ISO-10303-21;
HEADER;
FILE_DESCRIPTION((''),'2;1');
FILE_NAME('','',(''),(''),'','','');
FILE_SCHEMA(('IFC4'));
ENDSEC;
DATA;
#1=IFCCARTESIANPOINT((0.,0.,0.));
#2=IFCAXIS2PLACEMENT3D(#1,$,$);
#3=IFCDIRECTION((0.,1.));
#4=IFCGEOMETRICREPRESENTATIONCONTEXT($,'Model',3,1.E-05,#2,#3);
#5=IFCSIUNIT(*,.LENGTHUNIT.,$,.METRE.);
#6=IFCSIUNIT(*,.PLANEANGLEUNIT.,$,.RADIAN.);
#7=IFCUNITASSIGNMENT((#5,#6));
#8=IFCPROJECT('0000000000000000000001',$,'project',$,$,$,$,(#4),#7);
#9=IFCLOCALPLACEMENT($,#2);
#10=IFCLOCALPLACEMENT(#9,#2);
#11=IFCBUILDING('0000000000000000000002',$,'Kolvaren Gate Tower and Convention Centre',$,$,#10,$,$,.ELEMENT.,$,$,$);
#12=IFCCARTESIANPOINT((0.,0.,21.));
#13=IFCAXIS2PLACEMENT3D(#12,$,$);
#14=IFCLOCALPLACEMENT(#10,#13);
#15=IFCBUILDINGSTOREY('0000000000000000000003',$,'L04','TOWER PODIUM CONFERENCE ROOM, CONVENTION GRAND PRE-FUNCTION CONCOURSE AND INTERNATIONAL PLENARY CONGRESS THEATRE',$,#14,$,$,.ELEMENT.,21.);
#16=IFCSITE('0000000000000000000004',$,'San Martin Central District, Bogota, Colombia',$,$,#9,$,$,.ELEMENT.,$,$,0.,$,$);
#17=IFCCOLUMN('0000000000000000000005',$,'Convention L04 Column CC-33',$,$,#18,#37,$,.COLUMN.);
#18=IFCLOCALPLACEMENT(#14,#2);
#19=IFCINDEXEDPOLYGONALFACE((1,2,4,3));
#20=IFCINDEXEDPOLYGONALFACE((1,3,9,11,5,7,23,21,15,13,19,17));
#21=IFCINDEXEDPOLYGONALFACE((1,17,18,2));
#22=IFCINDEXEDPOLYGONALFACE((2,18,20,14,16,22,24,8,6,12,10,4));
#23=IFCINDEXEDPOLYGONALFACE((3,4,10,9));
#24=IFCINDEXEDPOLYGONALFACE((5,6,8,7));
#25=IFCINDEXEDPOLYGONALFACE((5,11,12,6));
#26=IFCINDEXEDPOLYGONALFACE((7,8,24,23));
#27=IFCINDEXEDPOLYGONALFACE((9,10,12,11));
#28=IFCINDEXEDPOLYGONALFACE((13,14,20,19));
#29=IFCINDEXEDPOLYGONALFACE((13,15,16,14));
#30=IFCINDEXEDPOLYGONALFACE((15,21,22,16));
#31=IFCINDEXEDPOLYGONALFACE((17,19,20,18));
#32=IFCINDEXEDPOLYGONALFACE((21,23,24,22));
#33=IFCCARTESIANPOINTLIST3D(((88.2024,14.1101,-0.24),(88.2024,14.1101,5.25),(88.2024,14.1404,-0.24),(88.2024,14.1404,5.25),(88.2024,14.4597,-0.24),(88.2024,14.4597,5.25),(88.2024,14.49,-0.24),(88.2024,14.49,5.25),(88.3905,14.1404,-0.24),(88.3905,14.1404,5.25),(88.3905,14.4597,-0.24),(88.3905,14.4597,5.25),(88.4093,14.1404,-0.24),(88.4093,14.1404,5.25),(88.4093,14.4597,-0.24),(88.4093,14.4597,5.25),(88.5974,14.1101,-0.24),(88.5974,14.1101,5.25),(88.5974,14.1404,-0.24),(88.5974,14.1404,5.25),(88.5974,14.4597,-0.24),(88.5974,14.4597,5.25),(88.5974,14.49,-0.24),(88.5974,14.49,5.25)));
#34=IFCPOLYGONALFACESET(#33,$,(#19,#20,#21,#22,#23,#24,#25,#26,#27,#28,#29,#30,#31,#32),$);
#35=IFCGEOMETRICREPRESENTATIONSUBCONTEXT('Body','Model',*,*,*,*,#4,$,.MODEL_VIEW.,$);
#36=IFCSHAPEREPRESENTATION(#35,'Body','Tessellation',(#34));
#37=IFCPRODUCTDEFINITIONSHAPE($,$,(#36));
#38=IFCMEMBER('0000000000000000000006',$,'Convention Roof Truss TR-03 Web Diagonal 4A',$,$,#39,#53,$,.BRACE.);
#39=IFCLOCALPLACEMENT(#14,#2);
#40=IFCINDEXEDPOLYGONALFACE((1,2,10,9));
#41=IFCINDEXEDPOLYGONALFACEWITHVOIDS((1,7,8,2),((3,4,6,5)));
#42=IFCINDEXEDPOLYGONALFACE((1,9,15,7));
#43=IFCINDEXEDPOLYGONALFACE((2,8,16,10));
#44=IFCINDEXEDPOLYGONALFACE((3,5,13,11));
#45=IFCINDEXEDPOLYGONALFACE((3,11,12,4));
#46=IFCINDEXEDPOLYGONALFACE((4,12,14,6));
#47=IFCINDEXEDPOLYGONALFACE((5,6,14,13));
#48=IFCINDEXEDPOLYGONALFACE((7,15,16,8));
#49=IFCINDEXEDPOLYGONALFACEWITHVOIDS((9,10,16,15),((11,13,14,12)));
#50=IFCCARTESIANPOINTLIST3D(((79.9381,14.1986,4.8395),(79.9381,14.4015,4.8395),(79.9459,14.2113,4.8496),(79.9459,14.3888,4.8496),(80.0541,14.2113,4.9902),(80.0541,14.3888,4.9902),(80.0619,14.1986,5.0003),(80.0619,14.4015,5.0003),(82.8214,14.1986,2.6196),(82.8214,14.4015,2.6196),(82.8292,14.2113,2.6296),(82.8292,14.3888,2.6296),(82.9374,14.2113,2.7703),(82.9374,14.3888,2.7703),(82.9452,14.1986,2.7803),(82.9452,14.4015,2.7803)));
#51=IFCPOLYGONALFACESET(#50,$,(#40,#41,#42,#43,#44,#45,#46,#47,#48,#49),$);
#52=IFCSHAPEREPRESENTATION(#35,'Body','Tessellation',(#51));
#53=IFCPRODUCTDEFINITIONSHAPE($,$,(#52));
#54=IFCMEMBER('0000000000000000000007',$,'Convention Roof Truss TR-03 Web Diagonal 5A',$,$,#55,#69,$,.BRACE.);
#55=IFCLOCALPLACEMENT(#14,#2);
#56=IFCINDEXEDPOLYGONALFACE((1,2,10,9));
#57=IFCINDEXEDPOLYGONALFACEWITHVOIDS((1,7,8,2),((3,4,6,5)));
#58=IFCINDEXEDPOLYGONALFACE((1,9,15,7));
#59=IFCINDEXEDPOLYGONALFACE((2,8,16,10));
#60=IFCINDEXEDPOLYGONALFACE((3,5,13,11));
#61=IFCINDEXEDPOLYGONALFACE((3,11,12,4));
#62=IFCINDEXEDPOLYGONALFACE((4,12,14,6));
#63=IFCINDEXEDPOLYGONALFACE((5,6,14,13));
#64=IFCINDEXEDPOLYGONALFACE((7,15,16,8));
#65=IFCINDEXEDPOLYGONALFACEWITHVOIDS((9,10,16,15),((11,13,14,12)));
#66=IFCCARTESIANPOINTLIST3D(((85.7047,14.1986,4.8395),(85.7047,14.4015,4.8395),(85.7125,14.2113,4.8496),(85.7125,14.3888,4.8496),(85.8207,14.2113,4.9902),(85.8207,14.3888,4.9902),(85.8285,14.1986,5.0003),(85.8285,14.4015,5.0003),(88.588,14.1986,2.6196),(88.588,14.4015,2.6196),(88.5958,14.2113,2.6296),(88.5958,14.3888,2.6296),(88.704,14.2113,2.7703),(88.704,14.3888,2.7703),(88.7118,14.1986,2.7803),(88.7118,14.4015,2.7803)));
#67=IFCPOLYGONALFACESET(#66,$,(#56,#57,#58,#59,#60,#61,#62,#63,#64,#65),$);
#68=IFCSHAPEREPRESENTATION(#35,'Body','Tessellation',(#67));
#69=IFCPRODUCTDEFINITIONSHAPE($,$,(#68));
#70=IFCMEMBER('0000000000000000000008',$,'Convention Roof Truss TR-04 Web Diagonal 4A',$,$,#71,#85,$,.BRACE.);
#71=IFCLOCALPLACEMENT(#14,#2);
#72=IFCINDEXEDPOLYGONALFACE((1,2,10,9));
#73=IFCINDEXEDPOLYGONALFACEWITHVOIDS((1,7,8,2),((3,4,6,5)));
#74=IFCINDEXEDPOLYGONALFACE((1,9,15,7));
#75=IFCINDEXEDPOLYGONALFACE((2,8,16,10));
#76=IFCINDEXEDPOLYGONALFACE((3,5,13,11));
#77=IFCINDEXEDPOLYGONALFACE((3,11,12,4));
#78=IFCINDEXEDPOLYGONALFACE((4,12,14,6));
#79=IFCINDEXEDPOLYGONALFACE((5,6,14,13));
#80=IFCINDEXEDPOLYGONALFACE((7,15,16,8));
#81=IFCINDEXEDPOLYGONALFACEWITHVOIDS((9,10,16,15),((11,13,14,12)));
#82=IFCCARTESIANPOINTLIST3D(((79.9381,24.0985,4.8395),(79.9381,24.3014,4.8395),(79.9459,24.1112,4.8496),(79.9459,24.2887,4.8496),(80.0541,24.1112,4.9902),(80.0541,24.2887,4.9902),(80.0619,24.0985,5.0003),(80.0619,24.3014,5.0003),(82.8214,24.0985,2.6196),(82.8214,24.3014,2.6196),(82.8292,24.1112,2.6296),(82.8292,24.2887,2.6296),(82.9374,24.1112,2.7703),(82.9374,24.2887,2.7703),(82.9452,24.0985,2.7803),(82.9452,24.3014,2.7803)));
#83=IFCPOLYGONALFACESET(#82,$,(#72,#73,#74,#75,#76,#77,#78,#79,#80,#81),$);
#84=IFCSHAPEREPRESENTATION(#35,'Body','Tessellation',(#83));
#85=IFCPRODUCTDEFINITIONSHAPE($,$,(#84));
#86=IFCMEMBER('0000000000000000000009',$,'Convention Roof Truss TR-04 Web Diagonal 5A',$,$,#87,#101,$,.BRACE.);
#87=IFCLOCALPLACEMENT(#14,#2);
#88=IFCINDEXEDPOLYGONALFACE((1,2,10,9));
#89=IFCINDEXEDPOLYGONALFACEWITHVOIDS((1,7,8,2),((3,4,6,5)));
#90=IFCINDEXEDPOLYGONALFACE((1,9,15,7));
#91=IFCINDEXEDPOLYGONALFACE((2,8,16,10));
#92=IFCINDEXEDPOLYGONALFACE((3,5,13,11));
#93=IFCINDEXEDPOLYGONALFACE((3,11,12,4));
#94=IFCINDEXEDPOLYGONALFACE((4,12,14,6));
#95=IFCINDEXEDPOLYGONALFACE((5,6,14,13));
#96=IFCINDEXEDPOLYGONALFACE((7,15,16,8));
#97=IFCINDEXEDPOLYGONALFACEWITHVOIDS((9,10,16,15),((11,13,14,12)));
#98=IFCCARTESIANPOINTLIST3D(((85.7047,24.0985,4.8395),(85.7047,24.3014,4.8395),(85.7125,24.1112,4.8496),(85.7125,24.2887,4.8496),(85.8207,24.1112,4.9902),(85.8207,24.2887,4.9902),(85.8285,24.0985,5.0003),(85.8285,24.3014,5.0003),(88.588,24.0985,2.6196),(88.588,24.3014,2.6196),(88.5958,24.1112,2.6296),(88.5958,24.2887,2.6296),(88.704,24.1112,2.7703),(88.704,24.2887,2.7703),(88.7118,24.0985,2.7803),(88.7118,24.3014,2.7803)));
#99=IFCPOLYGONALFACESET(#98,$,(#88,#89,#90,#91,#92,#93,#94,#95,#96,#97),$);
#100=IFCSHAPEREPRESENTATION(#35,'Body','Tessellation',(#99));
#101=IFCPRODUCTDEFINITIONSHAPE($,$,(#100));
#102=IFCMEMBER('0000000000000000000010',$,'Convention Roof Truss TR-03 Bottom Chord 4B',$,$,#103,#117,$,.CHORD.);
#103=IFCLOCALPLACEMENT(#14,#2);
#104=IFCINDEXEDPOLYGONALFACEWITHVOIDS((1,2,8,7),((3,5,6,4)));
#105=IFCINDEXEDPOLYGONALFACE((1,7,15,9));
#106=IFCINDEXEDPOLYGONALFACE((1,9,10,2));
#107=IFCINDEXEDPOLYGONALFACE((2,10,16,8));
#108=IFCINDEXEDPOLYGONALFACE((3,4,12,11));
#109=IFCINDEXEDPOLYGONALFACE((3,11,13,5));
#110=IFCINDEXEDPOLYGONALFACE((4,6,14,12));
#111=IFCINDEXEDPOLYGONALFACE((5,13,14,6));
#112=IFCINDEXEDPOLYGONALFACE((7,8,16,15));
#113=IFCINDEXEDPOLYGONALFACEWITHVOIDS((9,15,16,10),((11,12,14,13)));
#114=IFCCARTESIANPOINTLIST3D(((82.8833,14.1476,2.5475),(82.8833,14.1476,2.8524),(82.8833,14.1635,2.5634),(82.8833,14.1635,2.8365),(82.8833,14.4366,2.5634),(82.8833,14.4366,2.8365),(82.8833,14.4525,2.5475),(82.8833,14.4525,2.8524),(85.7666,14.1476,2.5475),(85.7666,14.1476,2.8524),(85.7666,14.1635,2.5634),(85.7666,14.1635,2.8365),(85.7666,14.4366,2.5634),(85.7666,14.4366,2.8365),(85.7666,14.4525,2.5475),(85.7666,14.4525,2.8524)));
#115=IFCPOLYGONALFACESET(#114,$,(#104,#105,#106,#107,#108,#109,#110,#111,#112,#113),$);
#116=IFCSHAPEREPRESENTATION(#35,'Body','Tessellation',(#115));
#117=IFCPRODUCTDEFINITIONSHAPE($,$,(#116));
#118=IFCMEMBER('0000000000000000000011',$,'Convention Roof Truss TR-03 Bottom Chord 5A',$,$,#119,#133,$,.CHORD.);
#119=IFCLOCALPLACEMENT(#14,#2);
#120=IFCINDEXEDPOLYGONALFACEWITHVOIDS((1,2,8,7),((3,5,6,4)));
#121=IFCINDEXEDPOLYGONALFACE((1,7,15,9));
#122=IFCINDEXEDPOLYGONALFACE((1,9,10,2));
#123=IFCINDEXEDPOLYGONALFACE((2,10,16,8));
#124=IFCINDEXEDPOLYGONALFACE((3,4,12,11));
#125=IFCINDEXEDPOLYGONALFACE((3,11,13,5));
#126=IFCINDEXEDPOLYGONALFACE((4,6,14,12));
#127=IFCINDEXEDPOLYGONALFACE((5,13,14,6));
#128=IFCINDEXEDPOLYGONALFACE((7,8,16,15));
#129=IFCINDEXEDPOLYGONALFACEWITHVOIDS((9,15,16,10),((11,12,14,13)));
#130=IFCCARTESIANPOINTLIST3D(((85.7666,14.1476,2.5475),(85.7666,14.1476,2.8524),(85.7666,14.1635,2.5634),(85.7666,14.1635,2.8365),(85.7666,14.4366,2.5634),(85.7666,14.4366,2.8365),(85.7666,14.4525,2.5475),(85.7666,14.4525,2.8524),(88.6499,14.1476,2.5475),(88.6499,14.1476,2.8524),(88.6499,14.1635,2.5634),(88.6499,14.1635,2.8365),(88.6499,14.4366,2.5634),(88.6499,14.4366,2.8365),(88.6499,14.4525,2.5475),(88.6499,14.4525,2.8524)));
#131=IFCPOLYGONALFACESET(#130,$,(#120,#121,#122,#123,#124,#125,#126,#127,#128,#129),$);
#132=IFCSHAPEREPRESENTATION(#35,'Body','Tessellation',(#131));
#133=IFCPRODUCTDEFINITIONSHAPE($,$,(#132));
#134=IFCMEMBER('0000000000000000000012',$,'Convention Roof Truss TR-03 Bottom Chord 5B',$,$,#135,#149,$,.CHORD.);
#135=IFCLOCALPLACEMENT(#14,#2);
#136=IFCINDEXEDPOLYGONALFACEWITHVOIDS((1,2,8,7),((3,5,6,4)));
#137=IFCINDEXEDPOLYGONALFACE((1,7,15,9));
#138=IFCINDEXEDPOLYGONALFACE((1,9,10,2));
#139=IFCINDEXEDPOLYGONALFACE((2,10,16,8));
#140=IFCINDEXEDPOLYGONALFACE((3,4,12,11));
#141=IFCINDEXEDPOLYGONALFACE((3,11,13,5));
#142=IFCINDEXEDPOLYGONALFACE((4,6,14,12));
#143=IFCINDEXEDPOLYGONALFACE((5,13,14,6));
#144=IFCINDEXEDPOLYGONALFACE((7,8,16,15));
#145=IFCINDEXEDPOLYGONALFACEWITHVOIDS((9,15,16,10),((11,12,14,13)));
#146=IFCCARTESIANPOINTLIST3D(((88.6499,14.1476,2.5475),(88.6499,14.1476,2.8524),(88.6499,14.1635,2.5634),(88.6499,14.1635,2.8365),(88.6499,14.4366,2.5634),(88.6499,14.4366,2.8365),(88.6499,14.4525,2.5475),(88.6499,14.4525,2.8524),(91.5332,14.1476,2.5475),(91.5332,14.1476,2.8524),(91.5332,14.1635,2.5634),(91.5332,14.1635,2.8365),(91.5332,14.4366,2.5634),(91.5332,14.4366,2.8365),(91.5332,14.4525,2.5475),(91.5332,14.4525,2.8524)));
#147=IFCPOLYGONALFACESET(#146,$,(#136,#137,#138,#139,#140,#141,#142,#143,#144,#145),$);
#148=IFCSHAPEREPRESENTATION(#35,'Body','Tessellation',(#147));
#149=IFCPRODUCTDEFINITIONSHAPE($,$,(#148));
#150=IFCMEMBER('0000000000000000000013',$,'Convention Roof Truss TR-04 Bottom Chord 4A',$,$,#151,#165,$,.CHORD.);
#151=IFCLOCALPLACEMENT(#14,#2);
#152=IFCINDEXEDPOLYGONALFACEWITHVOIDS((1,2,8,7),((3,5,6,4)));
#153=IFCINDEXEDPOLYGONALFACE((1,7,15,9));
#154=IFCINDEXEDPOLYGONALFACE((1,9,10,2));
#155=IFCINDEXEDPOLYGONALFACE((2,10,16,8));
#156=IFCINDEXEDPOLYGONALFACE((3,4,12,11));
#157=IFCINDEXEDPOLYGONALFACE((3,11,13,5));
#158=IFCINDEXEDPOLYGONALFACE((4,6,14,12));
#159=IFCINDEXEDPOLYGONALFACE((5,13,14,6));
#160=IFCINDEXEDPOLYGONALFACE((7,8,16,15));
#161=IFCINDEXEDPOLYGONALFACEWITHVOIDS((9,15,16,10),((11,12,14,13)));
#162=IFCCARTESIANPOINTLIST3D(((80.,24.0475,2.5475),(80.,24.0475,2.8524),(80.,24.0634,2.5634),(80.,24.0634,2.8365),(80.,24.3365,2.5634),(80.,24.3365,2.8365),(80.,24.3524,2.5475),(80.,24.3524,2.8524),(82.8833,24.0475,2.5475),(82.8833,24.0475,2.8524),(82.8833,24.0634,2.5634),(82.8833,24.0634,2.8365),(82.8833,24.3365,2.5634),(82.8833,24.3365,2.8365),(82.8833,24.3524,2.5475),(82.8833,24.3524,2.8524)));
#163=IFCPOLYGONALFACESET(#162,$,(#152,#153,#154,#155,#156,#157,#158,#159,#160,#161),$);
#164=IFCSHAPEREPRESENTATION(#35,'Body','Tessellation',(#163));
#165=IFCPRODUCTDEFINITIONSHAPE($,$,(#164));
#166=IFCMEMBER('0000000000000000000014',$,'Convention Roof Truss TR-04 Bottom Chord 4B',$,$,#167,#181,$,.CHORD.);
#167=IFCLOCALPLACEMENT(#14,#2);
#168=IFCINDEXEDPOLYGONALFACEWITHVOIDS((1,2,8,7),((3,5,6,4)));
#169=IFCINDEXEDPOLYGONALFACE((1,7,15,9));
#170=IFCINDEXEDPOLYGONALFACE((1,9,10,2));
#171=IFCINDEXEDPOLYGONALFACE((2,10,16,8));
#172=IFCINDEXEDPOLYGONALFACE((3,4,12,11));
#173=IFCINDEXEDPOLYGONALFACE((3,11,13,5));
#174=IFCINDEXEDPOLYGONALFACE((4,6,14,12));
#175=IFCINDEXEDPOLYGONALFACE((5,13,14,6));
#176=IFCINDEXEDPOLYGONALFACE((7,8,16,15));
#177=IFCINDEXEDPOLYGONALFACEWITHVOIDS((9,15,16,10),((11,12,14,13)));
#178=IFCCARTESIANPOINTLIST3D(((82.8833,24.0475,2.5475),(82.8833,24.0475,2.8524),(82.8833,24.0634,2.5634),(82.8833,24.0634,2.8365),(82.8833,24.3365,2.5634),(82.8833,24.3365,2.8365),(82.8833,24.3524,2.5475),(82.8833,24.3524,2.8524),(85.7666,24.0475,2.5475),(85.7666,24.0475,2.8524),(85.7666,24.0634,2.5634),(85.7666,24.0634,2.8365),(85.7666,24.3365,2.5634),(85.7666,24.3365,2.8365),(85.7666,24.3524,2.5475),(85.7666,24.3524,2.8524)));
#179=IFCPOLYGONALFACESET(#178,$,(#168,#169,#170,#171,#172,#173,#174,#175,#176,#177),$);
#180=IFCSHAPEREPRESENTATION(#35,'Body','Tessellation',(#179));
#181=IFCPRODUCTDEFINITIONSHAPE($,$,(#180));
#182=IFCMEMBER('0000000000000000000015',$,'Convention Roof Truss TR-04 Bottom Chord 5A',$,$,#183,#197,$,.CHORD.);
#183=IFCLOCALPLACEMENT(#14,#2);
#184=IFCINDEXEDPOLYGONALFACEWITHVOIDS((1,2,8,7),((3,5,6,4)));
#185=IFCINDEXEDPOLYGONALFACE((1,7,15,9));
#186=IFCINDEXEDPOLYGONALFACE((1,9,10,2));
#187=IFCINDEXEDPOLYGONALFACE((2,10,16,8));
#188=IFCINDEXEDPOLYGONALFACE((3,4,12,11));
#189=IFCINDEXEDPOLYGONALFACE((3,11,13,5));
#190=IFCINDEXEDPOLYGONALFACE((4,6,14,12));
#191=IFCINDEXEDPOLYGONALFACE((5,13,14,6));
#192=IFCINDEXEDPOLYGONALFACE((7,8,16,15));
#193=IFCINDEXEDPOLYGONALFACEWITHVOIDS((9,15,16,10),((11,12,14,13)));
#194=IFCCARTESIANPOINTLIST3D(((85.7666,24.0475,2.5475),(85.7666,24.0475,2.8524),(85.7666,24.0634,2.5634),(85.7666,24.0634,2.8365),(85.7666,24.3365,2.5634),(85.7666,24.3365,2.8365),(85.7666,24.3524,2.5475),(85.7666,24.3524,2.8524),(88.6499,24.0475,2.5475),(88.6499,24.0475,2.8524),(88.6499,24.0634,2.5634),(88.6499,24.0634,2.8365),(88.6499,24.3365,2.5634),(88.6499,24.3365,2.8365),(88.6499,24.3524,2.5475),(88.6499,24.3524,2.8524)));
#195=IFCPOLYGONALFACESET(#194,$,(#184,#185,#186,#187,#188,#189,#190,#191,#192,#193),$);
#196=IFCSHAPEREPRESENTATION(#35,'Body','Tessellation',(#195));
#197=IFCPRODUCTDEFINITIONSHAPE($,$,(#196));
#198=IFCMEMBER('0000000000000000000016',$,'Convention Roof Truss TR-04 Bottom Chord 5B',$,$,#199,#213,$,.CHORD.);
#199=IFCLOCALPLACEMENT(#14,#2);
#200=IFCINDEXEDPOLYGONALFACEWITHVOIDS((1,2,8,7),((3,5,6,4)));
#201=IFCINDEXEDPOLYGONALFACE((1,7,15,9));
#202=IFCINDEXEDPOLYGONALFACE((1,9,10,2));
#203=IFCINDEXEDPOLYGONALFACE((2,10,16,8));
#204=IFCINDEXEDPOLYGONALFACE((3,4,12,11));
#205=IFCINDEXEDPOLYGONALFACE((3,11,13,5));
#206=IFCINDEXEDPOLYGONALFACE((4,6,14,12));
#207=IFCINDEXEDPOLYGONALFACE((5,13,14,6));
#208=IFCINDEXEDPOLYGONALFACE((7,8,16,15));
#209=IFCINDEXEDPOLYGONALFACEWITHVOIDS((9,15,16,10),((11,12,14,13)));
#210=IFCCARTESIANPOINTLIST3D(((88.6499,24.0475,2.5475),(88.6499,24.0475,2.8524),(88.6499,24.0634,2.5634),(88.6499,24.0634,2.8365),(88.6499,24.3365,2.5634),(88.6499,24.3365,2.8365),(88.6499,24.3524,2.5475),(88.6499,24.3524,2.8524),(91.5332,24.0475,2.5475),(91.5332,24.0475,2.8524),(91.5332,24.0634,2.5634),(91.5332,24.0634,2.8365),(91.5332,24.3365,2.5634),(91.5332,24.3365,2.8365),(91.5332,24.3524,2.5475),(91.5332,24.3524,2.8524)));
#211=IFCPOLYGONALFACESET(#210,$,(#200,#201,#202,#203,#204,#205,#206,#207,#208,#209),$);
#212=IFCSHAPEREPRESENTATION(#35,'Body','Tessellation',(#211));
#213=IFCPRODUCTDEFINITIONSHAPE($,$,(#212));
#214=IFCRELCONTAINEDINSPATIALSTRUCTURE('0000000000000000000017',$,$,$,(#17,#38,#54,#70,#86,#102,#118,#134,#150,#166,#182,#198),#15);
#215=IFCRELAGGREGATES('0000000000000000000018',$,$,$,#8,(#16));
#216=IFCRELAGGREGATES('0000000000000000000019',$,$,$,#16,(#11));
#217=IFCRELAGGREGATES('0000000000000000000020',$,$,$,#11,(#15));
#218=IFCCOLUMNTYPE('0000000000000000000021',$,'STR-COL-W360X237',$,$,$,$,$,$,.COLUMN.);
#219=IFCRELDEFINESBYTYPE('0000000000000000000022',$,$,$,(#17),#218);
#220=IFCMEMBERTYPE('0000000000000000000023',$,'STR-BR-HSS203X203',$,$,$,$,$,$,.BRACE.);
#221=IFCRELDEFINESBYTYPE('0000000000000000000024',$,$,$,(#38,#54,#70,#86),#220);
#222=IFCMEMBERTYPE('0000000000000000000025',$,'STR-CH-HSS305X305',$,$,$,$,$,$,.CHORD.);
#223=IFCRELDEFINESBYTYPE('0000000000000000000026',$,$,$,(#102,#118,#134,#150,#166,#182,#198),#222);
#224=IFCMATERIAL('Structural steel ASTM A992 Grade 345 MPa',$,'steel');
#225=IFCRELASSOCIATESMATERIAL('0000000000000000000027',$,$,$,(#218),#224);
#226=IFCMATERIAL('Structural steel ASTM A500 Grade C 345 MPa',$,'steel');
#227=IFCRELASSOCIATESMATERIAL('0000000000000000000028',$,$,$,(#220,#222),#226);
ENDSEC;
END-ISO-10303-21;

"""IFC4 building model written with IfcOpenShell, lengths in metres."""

from ifc_helpers import new_model, si_unit, direction, frame, origin, origin_2d, place, context, subcontext, project, spatial, hollow_rectangle, i_section, extrude, material, material_profile, profile_set, type_object, element, save


model = new_model("IFC4")

# Units and contexts
model_context = context("Model", 3, precision=1e-05, world=origin(), true_north=direction((0.0, 1.0)))
body_context = subcontext(model_context, "Body", "Model", "MODEL_VIEW")
ifc_project = project(units=[si_unit("LENGTHUNIT", "METRE"), si_unit("PLANEANGLEUNIT", "RADIAN")], contexts=[model_context])

# Site, building, storey
site_placement = place(None, origin())
site = spatial("IfcSite", under=ifc_project, at=site_placement, Name="San Martin Central District, Bogota, Colombia", CompositionType="ELEMENT", RefElevation=0.0)
building_placement = place(site_placement, origin())
building = spatial("IfcBuilding", under=site, at=building_placement, Name="Kolvaren Gate Tower and Convention Centre", CompositionType="ELEMENT")
storey_placement = place(building_placement, frame((0.0, 0.0, 21.0)))
storey = spatial("IfcBuildingStorey", under=building, at=storey_placement, Name="L04", Description="TOWER PODIUM CONFERENCE ROOM, CONVENTION GRAND PRE-FUNCTION CONCOURSE AND INTERNATIONAL PLENARY CONGRESS THEATRE", CompositionType="ELEMENT", Elevation=21.0)

# Column
ifc_material_1 = material(Name="Structural steel ASTM A992 Grade 345 MPa", Category="steel")
ifc_material_profile_1 = material_profile(ifc_material_1, i_section(OverallWidth=0.395, OverallDepth=0.3799, WebThickness=0.0188, FlangeThickness=0.0303, at=origin_2d()), Name="W360X237")
ifc_profile_set_1 = profile_set([ifc_material_profile_1], Name="Structural steel ASTM A992 Grade 345 MPa")
column_type = type_object("IfcColumnType", Name="STR-COL-W360X237", PredefinedType="COLUMN", material=ifc_profile_set_1)
column_placement = place(storey_placement, frame((88.3999, 14.3, -0.24), z_axis=(0.0, 0.0, 1.0), x_axis=(1.0, 0.0, 0.0)))
element("IfcColumn", 1, at=column_placement, inside=storey, type_object=column_type, Name="Convention L04 Column CC-33", PredefinedType="COLUMN", context=body_context, shape_type="SweptSolid", body=[
    extrude(i_section(OverallWidth=0.395, OverallDepth=0.3799, WebThickness=0.0188, FlangeThickness=0.0303, at=origin_2d()), origin(), (0.0, 0.0, 1.0), 5.49),
])

# Members
ifc_material_2 = material(Name="Structural steel ASTM A500 Grade C 345 MPa", Category="steel")
ifc_material_profile_2 = material_profile(ifc_material_2, hollow_rectangle(XDim=0.2029, YDim=0.2029, WallThickness=0.0127, at=origin_2d()), Name="HSS203X203X12.7")
ifc_profile_set_2 = profile_set([ifc_material_profile_2], Name="Structural steel ASTM A500 Grade C 345 MPa")
member_type_1 = type_object("IfcMemberType", Name="STR-BR-HSS203X203", PredefinedType="BRACE", material=ifc_profile_set_2)
for number, where, z_axis, x_axis, name in (
    (2, (80.0, 14.3, 4.9199), (0.792352, 0.0, -0.610064), (0.0, 1.0, 0.0), "Convention Roof Truss TR-03 Web Diagonal 4A"),
    (3, (85.7666, 14.3, 4.9199), (0.792352, 0.0, -0.610064), (0.0, 1.0, 0.0), "Convention Roof Truss TR-03 Web Diagonal 5A"),
    (4, (80.0, 24.2, 4.9199), (0.792352, 0.0, -0.610064), (0.0, 1.0, 0.0), "Convention Roof Truss TR-04 Web Diagonal 4A"),
    (5, (85.7666, 24.2, 4.9199), (0.792352, 0.0, -0.610064), (0.0, 1.0, 0.0), "Convention Roof Truss TR-04 Web Diagonal 5A"),
):
    element("IfcMember", number, at=place(storey_placement, frame(where, z_axis=z_axis, x_axis=x_axis)), inside=storey, type_object=member_type_1, Name=name, PredefinedType="BRACE", context=body_context, shape_type="SweptSolid", body=[
        extrude(hollow_rectangle(XDim=0.2029, YDim=0.2029, WallThickness=0.0127, at=origin_2d()), origin(), (0.0, 0.0, 1.0), 3.6389),
    ])
ifc_material_profile_3 = material_profile(ifc_material_2, hollow_rectangle(XDim=0.3049, YDim=0.3049, WallThickness=0.0159, at=origin_2d()), Name="HSS305X305X15.9")
ifc_profile_set_3 = profile_set([ifc_material_profile_3], Name="Structural steel ASTM A500 Grade C 345 MPa")
member_type_2 = type_object("IfcMemberType", Name="STR-CH-HSS305X305", PredefinedType="CHORD", material=ifc_profile_set_3)
for number, where, z_axis, x_axis, name in (
    (6, (82.8833, 14.3, 2.7), (1.0, 0.0, 0.0), (0.0, 1.0, 0.0), "Convention Roof Truss TR-03 Bottom Chord 4B"),
    (7, (85.7666, 14.3, 2.7), (1.0, 0.0, 0.0), (0.0, 1.0, 0.0), "Convention Roof Truss TR-03 Bottom Chord 5A"),
    (8, (88.6499, 14.3, 2.7), (1.0, 0.0, 0.0), (0.0, 1.0, 0.0), "Convention Roof Truss TR-03 Bottom Chord 5B"),
    (9, (80.0, 24.2, 2.7), (1.0, 0.0, 0.0), (0.0, 1.0, 0.0), "Convention Roof Truss TR-04 Bottom Chord 4A"),
    (10, (82.8833, 24.2, 2.7), (1.0, 0.0, 0.0), (0.0, 1.0, 0.0), "Convention Roof Truss TR-04 Bottom Chord 4B"),
    (11, (85.7666, 24.2, 2.7), (1.0, 0.0, 0.0), (0.0, 1.0, 0.0), "Convention Roof Truss TR-04 Bottom Chord 5A"),
    (12, (88.6499, 24.2, 2.7), (1.0, 0.0, 0.0), (0.0, 1.0, 0.0), "Convention Roof Truss TR-04 Bottom Chord 5B"),
):
    element("IfcMember", number, at=place(storey_placement, frame(where, z_axis=z_axis, x_axis=x_axis)), inside=storey, type_object=member_type_2, Name=name, PredefinedType="CHORD", context=body_context, shape_type="SweptSolid", body=[
        extrude(hollow_rectangle(XDim=0.3049, YDim=0.3049, WallThickness=0.0159, at=origin_2d()), origin(), (0.0, 0.0, 1.0), 2.8833),
    ])

save(model, "model.ifc")
